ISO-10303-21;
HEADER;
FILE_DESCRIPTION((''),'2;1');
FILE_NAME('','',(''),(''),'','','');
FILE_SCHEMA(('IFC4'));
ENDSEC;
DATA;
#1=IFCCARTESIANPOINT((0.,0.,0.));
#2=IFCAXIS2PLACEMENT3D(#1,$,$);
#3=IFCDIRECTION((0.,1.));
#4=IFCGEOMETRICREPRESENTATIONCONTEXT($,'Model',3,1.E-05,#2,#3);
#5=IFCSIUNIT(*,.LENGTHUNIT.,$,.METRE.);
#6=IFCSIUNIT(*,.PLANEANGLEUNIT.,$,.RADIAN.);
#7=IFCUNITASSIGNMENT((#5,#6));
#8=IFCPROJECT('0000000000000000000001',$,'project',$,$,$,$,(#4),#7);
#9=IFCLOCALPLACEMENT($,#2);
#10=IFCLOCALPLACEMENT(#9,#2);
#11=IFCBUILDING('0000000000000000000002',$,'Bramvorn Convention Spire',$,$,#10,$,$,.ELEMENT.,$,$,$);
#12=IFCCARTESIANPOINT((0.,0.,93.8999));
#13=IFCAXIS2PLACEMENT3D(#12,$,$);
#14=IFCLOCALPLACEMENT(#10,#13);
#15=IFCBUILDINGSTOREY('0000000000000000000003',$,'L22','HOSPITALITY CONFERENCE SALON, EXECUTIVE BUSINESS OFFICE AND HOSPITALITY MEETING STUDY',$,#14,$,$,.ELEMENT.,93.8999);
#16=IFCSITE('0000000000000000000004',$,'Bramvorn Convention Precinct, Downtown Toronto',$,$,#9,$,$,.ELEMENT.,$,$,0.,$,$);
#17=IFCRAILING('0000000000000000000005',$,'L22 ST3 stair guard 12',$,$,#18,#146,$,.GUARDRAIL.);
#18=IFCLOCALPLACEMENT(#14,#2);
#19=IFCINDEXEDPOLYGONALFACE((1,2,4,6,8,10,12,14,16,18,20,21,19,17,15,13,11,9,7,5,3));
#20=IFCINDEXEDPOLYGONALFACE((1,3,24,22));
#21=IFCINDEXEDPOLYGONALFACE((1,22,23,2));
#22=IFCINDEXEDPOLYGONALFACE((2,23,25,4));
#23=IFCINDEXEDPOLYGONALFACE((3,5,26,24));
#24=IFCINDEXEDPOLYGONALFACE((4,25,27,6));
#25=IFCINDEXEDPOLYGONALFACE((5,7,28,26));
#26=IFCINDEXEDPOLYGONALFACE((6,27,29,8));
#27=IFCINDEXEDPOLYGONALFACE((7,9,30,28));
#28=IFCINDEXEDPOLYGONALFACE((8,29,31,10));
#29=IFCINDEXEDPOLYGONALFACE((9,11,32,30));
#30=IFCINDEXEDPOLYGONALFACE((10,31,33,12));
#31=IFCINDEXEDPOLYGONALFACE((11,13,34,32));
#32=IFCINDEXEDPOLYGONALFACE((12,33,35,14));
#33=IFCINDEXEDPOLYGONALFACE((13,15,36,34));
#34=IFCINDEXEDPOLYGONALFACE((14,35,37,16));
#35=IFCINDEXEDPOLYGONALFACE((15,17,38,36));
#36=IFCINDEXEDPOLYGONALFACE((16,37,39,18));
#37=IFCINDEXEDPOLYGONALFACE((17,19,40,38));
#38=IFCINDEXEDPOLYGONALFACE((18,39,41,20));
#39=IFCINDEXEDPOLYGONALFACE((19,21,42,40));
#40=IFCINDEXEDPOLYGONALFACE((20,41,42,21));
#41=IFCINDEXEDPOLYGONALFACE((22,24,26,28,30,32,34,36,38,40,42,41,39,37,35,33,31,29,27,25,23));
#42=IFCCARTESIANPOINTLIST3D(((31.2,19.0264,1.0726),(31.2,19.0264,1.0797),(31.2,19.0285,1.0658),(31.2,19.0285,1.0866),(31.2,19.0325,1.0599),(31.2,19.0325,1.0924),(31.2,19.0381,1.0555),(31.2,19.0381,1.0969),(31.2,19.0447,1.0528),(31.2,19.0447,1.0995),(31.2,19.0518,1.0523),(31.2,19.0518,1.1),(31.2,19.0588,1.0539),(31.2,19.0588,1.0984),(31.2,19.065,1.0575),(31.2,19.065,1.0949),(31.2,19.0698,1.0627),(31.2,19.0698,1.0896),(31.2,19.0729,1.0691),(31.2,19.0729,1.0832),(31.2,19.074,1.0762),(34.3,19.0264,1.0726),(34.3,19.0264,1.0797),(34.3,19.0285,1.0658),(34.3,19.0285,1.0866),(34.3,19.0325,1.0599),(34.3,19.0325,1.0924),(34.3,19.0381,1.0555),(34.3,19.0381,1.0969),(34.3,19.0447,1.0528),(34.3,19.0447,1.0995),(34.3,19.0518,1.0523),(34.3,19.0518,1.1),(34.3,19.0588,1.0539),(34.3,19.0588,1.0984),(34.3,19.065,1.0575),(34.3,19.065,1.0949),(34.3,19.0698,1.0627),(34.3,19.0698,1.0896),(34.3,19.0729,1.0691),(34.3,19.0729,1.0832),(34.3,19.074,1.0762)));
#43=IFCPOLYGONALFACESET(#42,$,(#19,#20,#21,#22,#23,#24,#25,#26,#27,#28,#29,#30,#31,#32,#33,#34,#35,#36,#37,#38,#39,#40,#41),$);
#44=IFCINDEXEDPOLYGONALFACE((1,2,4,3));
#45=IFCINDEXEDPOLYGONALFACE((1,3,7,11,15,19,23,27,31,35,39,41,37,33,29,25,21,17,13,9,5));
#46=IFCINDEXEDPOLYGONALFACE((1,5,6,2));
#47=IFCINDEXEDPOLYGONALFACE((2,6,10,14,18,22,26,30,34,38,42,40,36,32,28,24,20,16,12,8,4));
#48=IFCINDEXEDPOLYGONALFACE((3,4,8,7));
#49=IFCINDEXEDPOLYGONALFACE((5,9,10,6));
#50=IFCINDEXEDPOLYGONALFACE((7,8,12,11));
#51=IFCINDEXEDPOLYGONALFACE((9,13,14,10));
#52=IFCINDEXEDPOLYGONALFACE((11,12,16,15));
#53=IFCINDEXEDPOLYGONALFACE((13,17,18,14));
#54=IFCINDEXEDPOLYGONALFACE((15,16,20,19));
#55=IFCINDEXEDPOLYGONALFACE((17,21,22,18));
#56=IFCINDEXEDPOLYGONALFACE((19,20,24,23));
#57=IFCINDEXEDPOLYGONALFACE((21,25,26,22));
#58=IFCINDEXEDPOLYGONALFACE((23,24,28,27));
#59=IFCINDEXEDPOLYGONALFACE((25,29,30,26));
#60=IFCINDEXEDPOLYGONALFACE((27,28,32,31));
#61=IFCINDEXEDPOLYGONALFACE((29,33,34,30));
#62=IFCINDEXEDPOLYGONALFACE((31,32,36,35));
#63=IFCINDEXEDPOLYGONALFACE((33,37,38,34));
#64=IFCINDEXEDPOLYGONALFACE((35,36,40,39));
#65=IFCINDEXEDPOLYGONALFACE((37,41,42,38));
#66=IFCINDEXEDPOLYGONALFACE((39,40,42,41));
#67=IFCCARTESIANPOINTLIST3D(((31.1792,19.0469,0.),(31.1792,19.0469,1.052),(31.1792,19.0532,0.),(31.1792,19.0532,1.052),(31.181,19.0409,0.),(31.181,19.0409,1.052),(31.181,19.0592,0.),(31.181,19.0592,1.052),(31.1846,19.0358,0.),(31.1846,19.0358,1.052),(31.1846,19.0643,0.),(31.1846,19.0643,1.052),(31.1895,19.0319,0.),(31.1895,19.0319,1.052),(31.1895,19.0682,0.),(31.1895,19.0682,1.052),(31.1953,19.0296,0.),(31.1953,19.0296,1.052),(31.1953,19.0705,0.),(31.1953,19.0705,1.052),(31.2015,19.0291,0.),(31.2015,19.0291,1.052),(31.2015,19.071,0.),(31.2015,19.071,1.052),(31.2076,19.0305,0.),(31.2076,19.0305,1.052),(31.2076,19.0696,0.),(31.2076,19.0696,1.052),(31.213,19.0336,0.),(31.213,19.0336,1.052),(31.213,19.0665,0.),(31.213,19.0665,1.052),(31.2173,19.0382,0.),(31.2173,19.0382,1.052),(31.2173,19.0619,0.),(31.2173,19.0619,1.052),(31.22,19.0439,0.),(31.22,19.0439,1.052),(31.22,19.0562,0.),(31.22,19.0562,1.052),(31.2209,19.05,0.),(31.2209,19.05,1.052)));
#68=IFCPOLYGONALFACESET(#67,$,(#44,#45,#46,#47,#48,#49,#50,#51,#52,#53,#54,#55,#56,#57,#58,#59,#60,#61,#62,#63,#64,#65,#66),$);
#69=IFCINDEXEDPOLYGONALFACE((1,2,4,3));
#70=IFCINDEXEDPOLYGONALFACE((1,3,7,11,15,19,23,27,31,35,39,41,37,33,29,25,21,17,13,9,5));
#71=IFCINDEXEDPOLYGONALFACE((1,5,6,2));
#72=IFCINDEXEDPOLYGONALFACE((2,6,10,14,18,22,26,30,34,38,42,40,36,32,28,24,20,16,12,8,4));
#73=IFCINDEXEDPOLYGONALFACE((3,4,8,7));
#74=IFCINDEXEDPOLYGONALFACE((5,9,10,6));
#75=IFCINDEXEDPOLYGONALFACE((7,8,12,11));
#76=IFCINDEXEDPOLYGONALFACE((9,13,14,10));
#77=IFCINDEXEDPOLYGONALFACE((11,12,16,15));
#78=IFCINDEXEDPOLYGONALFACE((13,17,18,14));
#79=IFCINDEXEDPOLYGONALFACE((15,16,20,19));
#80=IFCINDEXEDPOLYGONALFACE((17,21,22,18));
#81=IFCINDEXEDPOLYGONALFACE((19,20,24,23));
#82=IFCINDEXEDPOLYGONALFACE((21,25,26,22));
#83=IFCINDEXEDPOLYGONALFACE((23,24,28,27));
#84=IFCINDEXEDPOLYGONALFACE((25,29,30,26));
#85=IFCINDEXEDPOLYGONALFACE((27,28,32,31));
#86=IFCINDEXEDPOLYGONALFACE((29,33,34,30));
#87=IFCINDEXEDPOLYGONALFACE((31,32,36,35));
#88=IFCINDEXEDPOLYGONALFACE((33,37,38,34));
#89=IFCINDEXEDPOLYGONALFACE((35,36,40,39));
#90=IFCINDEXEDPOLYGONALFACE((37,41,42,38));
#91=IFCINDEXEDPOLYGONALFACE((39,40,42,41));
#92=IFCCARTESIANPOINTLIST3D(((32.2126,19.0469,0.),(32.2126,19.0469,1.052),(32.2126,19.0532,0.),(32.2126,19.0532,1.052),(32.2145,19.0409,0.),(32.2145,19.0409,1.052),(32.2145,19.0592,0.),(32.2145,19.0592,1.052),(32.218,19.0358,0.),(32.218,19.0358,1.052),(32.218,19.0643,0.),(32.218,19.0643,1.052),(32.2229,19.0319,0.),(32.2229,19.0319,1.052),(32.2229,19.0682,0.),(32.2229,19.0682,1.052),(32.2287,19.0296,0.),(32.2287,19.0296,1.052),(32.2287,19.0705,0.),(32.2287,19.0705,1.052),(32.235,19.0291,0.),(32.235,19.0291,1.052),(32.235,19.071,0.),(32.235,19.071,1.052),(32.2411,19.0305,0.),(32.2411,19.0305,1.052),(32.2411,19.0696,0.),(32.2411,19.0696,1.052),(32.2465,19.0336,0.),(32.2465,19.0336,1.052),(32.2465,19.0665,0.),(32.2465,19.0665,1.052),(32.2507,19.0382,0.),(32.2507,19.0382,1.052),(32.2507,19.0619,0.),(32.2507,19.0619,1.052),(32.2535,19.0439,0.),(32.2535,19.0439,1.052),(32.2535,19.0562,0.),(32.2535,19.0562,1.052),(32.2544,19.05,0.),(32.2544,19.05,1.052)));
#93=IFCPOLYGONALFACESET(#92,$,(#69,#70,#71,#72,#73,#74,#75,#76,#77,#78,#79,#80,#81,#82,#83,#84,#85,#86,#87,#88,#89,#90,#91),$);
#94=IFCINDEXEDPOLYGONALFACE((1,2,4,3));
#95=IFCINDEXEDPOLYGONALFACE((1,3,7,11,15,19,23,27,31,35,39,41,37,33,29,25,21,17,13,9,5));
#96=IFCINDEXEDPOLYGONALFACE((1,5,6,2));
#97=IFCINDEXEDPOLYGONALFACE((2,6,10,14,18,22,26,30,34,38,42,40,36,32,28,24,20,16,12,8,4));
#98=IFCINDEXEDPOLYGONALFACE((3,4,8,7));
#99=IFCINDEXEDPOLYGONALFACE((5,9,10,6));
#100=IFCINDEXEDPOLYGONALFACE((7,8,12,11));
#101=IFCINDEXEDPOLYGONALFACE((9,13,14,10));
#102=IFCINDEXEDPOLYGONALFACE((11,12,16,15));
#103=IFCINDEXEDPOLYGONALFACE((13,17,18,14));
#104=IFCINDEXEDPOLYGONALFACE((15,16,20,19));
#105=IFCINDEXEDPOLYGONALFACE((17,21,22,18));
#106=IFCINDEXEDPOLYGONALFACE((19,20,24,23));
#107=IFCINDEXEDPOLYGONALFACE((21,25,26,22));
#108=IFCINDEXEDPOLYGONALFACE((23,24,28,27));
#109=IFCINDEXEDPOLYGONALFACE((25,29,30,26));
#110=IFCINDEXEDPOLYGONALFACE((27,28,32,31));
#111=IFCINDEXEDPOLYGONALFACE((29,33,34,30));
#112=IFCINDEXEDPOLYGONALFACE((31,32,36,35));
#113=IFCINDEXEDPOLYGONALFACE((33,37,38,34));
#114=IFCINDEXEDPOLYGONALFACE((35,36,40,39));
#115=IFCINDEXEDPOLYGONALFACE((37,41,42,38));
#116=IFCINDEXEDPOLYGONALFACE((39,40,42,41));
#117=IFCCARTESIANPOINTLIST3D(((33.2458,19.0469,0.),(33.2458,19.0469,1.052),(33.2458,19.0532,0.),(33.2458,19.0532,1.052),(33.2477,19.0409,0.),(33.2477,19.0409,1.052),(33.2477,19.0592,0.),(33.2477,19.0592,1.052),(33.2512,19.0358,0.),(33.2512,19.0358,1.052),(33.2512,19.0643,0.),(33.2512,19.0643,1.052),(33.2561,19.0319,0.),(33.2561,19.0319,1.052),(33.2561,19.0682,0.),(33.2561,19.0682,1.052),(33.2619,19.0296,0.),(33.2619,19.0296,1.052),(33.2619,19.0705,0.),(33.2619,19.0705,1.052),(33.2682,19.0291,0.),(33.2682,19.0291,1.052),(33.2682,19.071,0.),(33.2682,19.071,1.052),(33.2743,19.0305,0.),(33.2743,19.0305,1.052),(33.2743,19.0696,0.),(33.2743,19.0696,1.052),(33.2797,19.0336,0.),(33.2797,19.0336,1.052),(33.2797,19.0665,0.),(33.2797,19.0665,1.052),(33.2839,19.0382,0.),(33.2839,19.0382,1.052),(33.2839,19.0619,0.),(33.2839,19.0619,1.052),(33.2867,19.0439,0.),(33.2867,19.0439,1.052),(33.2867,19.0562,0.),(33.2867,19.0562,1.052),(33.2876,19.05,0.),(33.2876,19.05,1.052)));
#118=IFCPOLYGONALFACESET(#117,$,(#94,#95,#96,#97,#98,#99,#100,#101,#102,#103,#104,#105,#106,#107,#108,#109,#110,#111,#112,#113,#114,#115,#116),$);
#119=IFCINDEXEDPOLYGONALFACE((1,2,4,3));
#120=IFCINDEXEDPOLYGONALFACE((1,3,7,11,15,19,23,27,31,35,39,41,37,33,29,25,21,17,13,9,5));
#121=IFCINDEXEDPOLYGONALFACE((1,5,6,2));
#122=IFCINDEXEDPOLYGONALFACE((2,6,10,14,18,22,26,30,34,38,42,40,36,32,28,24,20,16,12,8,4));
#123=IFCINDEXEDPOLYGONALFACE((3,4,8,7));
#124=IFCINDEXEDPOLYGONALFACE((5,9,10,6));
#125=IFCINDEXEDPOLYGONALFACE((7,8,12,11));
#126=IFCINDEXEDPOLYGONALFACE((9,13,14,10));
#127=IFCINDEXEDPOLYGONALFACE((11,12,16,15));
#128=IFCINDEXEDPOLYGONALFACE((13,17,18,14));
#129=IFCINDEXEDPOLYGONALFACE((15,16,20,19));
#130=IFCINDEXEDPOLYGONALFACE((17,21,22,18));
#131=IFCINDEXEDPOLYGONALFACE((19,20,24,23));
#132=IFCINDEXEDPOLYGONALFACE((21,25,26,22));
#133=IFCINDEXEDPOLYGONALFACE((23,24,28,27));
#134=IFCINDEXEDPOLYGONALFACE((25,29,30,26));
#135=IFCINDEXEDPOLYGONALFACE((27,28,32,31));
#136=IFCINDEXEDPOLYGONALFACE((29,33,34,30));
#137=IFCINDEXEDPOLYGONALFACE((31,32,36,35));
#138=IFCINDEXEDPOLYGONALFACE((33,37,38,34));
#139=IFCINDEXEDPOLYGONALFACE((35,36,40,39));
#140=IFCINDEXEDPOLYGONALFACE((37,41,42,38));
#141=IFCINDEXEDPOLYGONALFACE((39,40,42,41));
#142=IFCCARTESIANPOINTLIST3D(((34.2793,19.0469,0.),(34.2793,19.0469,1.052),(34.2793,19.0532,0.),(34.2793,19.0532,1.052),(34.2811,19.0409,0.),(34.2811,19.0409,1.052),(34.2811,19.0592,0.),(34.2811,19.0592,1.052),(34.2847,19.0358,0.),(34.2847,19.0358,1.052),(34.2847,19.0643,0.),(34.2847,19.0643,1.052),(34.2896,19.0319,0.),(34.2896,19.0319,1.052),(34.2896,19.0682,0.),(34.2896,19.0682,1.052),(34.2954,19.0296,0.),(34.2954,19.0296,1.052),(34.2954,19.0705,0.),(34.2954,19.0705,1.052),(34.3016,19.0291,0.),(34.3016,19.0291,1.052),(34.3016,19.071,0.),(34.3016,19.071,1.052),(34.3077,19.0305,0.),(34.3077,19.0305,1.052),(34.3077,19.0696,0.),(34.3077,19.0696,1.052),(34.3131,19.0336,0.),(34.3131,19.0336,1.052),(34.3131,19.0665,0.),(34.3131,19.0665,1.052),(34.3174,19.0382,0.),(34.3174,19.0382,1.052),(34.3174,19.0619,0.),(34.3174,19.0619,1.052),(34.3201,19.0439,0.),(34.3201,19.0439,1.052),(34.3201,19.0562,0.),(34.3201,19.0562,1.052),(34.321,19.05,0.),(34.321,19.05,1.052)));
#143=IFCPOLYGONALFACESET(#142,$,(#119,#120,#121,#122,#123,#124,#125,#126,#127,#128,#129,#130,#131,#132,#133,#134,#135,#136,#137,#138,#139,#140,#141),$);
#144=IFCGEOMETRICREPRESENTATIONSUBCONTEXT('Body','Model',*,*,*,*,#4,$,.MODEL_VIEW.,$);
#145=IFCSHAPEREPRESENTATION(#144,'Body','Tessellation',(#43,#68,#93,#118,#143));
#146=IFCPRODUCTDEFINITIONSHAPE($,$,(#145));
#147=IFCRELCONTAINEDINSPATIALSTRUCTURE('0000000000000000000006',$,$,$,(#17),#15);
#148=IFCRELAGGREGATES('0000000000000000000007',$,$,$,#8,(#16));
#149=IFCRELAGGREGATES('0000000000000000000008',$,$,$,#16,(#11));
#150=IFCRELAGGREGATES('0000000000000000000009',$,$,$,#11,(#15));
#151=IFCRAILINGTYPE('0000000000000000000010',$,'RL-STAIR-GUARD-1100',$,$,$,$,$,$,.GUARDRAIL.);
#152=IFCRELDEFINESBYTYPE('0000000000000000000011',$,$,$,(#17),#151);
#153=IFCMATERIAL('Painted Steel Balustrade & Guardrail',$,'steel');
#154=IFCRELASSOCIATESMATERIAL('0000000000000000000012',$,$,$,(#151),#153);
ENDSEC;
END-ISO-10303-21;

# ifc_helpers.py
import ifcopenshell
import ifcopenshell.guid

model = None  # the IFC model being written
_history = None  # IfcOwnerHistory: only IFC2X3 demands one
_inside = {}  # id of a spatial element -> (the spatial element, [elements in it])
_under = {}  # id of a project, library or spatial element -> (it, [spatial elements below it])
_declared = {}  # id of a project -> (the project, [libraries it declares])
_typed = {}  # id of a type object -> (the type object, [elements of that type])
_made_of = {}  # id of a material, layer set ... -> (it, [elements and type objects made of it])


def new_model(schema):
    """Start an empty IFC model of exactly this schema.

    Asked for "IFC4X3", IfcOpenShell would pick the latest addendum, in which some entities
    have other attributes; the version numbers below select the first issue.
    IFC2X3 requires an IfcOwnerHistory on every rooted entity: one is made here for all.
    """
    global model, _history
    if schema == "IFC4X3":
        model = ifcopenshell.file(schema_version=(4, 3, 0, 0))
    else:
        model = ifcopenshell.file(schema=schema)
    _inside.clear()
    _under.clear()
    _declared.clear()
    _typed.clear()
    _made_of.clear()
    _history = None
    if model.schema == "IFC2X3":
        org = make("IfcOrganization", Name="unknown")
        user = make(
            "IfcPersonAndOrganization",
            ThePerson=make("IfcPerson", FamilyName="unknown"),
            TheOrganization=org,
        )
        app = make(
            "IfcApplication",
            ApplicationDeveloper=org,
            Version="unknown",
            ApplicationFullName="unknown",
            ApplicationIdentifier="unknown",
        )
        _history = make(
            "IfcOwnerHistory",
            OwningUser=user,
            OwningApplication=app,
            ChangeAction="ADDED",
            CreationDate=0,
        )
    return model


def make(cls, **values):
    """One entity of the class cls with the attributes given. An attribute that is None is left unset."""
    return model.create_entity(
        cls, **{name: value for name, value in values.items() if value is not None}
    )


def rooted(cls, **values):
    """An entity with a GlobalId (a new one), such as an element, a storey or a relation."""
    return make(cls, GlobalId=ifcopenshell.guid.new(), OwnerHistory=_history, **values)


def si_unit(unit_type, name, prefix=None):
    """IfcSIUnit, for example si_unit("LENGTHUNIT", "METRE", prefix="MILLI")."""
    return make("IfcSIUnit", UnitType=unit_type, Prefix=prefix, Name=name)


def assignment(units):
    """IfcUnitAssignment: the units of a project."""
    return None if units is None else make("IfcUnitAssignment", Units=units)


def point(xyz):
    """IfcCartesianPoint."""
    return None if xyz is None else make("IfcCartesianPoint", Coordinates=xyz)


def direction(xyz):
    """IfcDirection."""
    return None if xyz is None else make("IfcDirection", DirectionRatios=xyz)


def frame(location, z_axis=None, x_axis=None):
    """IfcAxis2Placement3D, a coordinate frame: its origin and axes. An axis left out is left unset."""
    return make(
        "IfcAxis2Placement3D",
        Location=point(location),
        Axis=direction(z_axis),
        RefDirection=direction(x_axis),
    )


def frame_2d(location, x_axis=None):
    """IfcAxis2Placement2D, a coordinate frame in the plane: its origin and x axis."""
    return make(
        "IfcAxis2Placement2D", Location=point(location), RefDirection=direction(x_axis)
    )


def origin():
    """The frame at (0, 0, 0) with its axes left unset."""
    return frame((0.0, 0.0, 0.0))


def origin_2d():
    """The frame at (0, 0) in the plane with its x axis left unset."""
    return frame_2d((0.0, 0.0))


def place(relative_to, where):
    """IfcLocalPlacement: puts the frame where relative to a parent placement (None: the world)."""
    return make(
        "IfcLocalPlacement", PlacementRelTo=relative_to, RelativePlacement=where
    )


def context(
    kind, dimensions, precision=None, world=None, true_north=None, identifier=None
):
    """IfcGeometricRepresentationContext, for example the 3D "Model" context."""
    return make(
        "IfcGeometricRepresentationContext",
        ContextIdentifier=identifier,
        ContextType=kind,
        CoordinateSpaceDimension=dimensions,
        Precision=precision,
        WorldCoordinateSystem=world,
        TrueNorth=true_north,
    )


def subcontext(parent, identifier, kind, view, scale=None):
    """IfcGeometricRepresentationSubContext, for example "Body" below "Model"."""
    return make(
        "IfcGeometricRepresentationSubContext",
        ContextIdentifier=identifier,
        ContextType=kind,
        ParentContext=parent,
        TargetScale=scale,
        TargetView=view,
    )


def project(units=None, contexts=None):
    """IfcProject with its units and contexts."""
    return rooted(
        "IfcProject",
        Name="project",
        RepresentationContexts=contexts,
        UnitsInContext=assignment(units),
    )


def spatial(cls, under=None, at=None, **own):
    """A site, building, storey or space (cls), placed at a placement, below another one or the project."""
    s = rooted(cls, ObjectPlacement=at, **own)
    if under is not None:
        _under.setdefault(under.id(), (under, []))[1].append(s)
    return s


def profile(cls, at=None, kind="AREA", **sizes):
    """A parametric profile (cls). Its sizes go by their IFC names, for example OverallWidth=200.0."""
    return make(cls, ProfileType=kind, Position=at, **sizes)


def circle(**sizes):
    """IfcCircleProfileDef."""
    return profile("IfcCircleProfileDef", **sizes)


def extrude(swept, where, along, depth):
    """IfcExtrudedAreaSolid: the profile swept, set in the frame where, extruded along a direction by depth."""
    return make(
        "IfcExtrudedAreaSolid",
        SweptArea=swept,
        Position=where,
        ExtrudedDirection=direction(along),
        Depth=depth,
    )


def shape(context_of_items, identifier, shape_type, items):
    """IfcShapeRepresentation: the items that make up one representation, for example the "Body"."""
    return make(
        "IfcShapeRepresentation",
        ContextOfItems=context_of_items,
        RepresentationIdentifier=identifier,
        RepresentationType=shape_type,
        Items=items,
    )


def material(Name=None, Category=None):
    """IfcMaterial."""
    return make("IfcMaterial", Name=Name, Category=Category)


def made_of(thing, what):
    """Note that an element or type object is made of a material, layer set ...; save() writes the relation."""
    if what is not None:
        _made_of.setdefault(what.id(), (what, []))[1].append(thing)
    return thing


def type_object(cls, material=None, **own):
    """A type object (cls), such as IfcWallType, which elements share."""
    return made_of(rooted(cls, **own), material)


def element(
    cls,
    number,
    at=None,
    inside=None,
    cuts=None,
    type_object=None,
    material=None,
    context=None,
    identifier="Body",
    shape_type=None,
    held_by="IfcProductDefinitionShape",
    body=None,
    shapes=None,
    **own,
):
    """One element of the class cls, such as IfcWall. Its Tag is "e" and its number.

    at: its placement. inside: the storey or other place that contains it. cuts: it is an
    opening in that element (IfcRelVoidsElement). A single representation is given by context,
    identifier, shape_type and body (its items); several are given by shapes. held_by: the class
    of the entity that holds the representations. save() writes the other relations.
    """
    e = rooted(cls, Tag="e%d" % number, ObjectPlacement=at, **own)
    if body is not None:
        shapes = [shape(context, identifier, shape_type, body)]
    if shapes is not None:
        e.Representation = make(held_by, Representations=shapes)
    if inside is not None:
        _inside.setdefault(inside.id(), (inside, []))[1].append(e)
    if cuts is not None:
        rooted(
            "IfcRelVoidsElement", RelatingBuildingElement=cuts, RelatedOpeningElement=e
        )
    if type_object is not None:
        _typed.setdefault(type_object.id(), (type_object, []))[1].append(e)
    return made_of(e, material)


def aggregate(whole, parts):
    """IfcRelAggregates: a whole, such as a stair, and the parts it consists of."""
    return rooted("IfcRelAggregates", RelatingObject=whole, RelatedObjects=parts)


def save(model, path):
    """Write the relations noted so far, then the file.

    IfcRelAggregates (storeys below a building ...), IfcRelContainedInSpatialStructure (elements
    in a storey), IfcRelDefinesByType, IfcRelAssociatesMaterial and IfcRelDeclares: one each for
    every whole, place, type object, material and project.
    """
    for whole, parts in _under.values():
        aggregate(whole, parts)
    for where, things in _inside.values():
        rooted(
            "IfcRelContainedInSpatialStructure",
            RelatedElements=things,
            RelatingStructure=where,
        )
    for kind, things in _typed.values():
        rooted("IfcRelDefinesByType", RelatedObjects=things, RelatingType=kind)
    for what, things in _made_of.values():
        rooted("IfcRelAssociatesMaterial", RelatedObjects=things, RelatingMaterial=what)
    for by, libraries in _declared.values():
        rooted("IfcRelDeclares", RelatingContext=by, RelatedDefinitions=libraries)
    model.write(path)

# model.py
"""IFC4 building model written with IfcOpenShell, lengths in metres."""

from ifc_helpers import new_model, si_unit, direction, frame, origin, origin_2d, place, context, subcontext, project, spatial, circle, extrude, material, type_object, element, save


model = new_model("IFC4")

# Units and contexts
model_context = context("Model", 3, precision=1e-05, world=origin(), true_north=direction((0.0, 1.0)))
body_context = subcontext(model_context, "Body", "Model", "MODEL_VIEW")
ifc_project = project(units=[si_unit("LENGTHUNIT", "METRE"), si_unit("PLANEANGLEUNIT", "RADIAN")], contexts=[model_context])

# Site, building, storey
site_placement = place(None, origin())
site = spatial("IfcSite", under=ifc_project, at=site_placement, Name="Bramvorn Convention Precinct, Downtown Toronto", CompositionType="ELEMENT", RefElevation=0.0)
building_placement = place(site_placement, origin())
building = spatial("IfcBuilding", under=site, at=building_placement, Name="Bramvorn Convention Spire", CompositionType="ELEMENT")
storey_placement = place(building_placement, frame((0.0, 0.0, 93.8999)))
storey = spatial("IfcBuildingStorey", under=building, at=storey_placement, Name="L22", Description="HOSPITALITY CONFERENCE SALON, EXECUTIVE BUSINESS OFFICE AND HOSPITALITY MEETING STUDY", CompositionType="ELEMENT", Elevation=93.8999)

# Railing
ifc_material_1 = material(Name="Painted Steel Balustrade & Guardrail", Category="steel")
railing_type = type_object("IfcRailingType", Name="RL-STAIR-GUARD-1100", PredefinedType="GUARDRAIL", material=ifc_material_1)
railing_1_placement = place(storey_placement, frame((31.2, 19.05, 0.0)))
element("IfcRailing", 1, at=railing_1_placement, inside=storey, type_object=railing_type, Name="L22 ST3 stair guard 12", PredefinedType="GUARDRAIL", context=body_context, shape_type="SweptSolid", body=[
    extrude(circle(Radius=0.0239, at=origin_2d()), frame((0.0, 0.0, 1.0762), z_axis=(1.0, 0.0, 0.0), x_axis=(0.0, 1.0, 0.0)), (0.0, 0.0, 1.0), 3.1001),
    extrude(circle(Radius=0.021, at=origin_2d()), origin(), (0.0, 0.0, 1.0), 1.052),
    extrude(circle(Radius=0.021, at=origin_2d()), frame((1.0334, 0.0, 0.0)), (0.0, 0.0, 1.0), 1.052),
    extrude(circle(Radius=0.021, at=origin_2d()), frame((2.0667, 0.0, 0.0)), (0.0, 0.0, 1.0), 1.052),
    extrude(circle(Radius=0.021, at=origin_2d()), frame((3.1001, 0.0, 0.0)), (0.0, 0.0, 1.0), 1.052),
])

save(model, "model.ifc")
